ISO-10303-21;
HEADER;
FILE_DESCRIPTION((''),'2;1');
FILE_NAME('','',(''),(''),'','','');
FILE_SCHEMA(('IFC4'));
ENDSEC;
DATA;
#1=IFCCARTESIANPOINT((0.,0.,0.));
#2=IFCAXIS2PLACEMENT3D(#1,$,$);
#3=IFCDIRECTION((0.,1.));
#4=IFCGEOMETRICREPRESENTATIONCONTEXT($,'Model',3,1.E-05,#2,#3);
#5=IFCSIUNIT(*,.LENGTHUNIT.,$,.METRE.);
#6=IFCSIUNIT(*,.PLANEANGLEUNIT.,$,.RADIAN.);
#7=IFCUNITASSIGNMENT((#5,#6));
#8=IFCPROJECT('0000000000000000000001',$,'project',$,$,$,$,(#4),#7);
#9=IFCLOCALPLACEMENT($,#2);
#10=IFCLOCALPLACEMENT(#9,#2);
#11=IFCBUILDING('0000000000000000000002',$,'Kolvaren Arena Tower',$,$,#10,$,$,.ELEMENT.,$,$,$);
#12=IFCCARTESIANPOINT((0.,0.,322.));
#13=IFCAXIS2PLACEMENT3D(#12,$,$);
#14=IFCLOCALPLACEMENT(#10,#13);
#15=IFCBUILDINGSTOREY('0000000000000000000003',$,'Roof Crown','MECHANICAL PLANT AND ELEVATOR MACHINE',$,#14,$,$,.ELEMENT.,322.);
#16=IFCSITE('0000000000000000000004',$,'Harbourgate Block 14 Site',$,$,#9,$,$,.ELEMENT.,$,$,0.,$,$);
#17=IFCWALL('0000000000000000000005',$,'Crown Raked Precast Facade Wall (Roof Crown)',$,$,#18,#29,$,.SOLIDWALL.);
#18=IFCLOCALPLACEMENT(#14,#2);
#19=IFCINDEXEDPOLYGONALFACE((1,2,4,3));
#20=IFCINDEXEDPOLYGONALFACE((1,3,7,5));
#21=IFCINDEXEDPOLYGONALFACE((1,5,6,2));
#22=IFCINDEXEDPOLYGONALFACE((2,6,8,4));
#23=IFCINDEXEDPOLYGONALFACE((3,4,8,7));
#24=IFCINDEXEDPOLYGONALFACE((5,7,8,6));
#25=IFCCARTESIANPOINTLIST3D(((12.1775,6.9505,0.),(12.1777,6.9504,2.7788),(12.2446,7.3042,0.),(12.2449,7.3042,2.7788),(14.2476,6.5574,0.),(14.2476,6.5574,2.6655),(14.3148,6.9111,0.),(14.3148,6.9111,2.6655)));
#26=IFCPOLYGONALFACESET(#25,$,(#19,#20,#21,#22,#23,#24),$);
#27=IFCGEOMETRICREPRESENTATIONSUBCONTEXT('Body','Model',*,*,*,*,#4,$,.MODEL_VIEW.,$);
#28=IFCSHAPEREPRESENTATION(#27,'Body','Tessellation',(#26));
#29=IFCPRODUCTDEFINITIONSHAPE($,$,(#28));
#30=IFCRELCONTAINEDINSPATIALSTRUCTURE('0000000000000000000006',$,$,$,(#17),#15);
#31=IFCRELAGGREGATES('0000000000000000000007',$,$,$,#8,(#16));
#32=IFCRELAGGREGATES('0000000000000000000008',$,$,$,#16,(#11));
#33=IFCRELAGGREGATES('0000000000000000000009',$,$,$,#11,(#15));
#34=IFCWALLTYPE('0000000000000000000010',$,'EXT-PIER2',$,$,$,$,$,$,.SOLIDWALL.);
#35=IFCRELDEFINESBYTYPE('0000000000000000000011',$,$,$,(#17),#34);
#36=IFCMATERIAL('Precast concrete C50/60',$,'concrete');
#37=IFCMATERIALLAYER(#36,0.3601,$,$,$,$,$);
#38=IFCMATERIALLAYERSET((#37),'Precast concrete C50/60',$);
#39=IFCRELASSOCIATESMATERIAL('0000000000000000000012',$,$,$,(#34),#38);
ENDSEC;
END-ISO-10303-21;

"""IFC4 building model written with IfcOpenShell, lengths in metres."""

from ifc_helpers import new_model, si_unit, direction, frame, origin, place, context, subcontext, project, spatial, polyline, outline, extrude, material, layer, layer_set, type_object, element, save


model = new_model("IFC4")

# Units and contexts
model_context = context("Model", 3, precision=1e-05, world=origin(), true_north=direction((0.0, 1.0)))
body_context = subcontext(model_context, "Body", "Model", "MODEL_VIEW")
ifc_project = project(units=[si_unit("LENGTHUNIT", "METRE"), si_unit("PLANEANGLEUNIT", "RADIAN")], contexts=[model_context])

# Site, building, storey
site_placement = place(None, origin())
site = spatial("IfcSite", under=ifc_project, at=site_placement, Name="Harbourgate Block 14 Site", CompositionType="ELEMENT", RefElevation=0.0)
building_placement = place(site_placement, origin())
building = spatial("IfcBuilding", under=site, at=building_placement, Name="Kolvaren Arena Tower", CompositionType="ELEMENT")
storey_placement = place(building_placement, frame((0.0, 0.0, 322.0)))
storey = spatial("IfcBuildingStorey", under=building, at=storey_placement, Name="Roof Crown", Description="MECHANICAL PLANT AND ELEVATOR MACHINE", CompositionType="ELEMENT", Elevation=322.0)

# Shared definitions
ifc_material_1 = material(Name="Precast concrete C50/60", Category="concrete")

# Wall
ifc_layer_1 = layer(ifc_material_1, 0.3601)
ifc_layer_set_1 = layer_set([ifc_layer_1], Name="Precast concrete C50/60")
wall_type = type_object("IfcWallType", Name="EXT-PIER2", PredefinedType="SOLIDWALL", material=ifc_layer_set_1)
wall_1_placement = place(storey_placement, frame((14.2812, 6.7344, 0.0), z_axis=(0.0, 0.0, 1.0), x_axis=(-0.982446, 0.186548, 0.0)))
element("IfcWall", 1, at=wall_1_placement, inside=storey, type_object=wall_type, Name="Crown Raked Precast Facade Wall (Roof Crown)", PredefinedType="SOLIDWALL", context=body_context, shape_type="SweptSolid", body=[
    extrude(outline(polyline([(0.0, 0.0), (2.1072, 0.0), (2.1069, 2.7788), (0.0, 2.6655), (0.0, 0.0)])), frame((0.0, 0.1802, 0.0), z_axis=(0.0, -1.0, 0.0), x_axis=(1.0, 0.0, 0.0)), (0.0, 0.0, 1.0), 0.3601),
])

save(model, "model.ifc")
